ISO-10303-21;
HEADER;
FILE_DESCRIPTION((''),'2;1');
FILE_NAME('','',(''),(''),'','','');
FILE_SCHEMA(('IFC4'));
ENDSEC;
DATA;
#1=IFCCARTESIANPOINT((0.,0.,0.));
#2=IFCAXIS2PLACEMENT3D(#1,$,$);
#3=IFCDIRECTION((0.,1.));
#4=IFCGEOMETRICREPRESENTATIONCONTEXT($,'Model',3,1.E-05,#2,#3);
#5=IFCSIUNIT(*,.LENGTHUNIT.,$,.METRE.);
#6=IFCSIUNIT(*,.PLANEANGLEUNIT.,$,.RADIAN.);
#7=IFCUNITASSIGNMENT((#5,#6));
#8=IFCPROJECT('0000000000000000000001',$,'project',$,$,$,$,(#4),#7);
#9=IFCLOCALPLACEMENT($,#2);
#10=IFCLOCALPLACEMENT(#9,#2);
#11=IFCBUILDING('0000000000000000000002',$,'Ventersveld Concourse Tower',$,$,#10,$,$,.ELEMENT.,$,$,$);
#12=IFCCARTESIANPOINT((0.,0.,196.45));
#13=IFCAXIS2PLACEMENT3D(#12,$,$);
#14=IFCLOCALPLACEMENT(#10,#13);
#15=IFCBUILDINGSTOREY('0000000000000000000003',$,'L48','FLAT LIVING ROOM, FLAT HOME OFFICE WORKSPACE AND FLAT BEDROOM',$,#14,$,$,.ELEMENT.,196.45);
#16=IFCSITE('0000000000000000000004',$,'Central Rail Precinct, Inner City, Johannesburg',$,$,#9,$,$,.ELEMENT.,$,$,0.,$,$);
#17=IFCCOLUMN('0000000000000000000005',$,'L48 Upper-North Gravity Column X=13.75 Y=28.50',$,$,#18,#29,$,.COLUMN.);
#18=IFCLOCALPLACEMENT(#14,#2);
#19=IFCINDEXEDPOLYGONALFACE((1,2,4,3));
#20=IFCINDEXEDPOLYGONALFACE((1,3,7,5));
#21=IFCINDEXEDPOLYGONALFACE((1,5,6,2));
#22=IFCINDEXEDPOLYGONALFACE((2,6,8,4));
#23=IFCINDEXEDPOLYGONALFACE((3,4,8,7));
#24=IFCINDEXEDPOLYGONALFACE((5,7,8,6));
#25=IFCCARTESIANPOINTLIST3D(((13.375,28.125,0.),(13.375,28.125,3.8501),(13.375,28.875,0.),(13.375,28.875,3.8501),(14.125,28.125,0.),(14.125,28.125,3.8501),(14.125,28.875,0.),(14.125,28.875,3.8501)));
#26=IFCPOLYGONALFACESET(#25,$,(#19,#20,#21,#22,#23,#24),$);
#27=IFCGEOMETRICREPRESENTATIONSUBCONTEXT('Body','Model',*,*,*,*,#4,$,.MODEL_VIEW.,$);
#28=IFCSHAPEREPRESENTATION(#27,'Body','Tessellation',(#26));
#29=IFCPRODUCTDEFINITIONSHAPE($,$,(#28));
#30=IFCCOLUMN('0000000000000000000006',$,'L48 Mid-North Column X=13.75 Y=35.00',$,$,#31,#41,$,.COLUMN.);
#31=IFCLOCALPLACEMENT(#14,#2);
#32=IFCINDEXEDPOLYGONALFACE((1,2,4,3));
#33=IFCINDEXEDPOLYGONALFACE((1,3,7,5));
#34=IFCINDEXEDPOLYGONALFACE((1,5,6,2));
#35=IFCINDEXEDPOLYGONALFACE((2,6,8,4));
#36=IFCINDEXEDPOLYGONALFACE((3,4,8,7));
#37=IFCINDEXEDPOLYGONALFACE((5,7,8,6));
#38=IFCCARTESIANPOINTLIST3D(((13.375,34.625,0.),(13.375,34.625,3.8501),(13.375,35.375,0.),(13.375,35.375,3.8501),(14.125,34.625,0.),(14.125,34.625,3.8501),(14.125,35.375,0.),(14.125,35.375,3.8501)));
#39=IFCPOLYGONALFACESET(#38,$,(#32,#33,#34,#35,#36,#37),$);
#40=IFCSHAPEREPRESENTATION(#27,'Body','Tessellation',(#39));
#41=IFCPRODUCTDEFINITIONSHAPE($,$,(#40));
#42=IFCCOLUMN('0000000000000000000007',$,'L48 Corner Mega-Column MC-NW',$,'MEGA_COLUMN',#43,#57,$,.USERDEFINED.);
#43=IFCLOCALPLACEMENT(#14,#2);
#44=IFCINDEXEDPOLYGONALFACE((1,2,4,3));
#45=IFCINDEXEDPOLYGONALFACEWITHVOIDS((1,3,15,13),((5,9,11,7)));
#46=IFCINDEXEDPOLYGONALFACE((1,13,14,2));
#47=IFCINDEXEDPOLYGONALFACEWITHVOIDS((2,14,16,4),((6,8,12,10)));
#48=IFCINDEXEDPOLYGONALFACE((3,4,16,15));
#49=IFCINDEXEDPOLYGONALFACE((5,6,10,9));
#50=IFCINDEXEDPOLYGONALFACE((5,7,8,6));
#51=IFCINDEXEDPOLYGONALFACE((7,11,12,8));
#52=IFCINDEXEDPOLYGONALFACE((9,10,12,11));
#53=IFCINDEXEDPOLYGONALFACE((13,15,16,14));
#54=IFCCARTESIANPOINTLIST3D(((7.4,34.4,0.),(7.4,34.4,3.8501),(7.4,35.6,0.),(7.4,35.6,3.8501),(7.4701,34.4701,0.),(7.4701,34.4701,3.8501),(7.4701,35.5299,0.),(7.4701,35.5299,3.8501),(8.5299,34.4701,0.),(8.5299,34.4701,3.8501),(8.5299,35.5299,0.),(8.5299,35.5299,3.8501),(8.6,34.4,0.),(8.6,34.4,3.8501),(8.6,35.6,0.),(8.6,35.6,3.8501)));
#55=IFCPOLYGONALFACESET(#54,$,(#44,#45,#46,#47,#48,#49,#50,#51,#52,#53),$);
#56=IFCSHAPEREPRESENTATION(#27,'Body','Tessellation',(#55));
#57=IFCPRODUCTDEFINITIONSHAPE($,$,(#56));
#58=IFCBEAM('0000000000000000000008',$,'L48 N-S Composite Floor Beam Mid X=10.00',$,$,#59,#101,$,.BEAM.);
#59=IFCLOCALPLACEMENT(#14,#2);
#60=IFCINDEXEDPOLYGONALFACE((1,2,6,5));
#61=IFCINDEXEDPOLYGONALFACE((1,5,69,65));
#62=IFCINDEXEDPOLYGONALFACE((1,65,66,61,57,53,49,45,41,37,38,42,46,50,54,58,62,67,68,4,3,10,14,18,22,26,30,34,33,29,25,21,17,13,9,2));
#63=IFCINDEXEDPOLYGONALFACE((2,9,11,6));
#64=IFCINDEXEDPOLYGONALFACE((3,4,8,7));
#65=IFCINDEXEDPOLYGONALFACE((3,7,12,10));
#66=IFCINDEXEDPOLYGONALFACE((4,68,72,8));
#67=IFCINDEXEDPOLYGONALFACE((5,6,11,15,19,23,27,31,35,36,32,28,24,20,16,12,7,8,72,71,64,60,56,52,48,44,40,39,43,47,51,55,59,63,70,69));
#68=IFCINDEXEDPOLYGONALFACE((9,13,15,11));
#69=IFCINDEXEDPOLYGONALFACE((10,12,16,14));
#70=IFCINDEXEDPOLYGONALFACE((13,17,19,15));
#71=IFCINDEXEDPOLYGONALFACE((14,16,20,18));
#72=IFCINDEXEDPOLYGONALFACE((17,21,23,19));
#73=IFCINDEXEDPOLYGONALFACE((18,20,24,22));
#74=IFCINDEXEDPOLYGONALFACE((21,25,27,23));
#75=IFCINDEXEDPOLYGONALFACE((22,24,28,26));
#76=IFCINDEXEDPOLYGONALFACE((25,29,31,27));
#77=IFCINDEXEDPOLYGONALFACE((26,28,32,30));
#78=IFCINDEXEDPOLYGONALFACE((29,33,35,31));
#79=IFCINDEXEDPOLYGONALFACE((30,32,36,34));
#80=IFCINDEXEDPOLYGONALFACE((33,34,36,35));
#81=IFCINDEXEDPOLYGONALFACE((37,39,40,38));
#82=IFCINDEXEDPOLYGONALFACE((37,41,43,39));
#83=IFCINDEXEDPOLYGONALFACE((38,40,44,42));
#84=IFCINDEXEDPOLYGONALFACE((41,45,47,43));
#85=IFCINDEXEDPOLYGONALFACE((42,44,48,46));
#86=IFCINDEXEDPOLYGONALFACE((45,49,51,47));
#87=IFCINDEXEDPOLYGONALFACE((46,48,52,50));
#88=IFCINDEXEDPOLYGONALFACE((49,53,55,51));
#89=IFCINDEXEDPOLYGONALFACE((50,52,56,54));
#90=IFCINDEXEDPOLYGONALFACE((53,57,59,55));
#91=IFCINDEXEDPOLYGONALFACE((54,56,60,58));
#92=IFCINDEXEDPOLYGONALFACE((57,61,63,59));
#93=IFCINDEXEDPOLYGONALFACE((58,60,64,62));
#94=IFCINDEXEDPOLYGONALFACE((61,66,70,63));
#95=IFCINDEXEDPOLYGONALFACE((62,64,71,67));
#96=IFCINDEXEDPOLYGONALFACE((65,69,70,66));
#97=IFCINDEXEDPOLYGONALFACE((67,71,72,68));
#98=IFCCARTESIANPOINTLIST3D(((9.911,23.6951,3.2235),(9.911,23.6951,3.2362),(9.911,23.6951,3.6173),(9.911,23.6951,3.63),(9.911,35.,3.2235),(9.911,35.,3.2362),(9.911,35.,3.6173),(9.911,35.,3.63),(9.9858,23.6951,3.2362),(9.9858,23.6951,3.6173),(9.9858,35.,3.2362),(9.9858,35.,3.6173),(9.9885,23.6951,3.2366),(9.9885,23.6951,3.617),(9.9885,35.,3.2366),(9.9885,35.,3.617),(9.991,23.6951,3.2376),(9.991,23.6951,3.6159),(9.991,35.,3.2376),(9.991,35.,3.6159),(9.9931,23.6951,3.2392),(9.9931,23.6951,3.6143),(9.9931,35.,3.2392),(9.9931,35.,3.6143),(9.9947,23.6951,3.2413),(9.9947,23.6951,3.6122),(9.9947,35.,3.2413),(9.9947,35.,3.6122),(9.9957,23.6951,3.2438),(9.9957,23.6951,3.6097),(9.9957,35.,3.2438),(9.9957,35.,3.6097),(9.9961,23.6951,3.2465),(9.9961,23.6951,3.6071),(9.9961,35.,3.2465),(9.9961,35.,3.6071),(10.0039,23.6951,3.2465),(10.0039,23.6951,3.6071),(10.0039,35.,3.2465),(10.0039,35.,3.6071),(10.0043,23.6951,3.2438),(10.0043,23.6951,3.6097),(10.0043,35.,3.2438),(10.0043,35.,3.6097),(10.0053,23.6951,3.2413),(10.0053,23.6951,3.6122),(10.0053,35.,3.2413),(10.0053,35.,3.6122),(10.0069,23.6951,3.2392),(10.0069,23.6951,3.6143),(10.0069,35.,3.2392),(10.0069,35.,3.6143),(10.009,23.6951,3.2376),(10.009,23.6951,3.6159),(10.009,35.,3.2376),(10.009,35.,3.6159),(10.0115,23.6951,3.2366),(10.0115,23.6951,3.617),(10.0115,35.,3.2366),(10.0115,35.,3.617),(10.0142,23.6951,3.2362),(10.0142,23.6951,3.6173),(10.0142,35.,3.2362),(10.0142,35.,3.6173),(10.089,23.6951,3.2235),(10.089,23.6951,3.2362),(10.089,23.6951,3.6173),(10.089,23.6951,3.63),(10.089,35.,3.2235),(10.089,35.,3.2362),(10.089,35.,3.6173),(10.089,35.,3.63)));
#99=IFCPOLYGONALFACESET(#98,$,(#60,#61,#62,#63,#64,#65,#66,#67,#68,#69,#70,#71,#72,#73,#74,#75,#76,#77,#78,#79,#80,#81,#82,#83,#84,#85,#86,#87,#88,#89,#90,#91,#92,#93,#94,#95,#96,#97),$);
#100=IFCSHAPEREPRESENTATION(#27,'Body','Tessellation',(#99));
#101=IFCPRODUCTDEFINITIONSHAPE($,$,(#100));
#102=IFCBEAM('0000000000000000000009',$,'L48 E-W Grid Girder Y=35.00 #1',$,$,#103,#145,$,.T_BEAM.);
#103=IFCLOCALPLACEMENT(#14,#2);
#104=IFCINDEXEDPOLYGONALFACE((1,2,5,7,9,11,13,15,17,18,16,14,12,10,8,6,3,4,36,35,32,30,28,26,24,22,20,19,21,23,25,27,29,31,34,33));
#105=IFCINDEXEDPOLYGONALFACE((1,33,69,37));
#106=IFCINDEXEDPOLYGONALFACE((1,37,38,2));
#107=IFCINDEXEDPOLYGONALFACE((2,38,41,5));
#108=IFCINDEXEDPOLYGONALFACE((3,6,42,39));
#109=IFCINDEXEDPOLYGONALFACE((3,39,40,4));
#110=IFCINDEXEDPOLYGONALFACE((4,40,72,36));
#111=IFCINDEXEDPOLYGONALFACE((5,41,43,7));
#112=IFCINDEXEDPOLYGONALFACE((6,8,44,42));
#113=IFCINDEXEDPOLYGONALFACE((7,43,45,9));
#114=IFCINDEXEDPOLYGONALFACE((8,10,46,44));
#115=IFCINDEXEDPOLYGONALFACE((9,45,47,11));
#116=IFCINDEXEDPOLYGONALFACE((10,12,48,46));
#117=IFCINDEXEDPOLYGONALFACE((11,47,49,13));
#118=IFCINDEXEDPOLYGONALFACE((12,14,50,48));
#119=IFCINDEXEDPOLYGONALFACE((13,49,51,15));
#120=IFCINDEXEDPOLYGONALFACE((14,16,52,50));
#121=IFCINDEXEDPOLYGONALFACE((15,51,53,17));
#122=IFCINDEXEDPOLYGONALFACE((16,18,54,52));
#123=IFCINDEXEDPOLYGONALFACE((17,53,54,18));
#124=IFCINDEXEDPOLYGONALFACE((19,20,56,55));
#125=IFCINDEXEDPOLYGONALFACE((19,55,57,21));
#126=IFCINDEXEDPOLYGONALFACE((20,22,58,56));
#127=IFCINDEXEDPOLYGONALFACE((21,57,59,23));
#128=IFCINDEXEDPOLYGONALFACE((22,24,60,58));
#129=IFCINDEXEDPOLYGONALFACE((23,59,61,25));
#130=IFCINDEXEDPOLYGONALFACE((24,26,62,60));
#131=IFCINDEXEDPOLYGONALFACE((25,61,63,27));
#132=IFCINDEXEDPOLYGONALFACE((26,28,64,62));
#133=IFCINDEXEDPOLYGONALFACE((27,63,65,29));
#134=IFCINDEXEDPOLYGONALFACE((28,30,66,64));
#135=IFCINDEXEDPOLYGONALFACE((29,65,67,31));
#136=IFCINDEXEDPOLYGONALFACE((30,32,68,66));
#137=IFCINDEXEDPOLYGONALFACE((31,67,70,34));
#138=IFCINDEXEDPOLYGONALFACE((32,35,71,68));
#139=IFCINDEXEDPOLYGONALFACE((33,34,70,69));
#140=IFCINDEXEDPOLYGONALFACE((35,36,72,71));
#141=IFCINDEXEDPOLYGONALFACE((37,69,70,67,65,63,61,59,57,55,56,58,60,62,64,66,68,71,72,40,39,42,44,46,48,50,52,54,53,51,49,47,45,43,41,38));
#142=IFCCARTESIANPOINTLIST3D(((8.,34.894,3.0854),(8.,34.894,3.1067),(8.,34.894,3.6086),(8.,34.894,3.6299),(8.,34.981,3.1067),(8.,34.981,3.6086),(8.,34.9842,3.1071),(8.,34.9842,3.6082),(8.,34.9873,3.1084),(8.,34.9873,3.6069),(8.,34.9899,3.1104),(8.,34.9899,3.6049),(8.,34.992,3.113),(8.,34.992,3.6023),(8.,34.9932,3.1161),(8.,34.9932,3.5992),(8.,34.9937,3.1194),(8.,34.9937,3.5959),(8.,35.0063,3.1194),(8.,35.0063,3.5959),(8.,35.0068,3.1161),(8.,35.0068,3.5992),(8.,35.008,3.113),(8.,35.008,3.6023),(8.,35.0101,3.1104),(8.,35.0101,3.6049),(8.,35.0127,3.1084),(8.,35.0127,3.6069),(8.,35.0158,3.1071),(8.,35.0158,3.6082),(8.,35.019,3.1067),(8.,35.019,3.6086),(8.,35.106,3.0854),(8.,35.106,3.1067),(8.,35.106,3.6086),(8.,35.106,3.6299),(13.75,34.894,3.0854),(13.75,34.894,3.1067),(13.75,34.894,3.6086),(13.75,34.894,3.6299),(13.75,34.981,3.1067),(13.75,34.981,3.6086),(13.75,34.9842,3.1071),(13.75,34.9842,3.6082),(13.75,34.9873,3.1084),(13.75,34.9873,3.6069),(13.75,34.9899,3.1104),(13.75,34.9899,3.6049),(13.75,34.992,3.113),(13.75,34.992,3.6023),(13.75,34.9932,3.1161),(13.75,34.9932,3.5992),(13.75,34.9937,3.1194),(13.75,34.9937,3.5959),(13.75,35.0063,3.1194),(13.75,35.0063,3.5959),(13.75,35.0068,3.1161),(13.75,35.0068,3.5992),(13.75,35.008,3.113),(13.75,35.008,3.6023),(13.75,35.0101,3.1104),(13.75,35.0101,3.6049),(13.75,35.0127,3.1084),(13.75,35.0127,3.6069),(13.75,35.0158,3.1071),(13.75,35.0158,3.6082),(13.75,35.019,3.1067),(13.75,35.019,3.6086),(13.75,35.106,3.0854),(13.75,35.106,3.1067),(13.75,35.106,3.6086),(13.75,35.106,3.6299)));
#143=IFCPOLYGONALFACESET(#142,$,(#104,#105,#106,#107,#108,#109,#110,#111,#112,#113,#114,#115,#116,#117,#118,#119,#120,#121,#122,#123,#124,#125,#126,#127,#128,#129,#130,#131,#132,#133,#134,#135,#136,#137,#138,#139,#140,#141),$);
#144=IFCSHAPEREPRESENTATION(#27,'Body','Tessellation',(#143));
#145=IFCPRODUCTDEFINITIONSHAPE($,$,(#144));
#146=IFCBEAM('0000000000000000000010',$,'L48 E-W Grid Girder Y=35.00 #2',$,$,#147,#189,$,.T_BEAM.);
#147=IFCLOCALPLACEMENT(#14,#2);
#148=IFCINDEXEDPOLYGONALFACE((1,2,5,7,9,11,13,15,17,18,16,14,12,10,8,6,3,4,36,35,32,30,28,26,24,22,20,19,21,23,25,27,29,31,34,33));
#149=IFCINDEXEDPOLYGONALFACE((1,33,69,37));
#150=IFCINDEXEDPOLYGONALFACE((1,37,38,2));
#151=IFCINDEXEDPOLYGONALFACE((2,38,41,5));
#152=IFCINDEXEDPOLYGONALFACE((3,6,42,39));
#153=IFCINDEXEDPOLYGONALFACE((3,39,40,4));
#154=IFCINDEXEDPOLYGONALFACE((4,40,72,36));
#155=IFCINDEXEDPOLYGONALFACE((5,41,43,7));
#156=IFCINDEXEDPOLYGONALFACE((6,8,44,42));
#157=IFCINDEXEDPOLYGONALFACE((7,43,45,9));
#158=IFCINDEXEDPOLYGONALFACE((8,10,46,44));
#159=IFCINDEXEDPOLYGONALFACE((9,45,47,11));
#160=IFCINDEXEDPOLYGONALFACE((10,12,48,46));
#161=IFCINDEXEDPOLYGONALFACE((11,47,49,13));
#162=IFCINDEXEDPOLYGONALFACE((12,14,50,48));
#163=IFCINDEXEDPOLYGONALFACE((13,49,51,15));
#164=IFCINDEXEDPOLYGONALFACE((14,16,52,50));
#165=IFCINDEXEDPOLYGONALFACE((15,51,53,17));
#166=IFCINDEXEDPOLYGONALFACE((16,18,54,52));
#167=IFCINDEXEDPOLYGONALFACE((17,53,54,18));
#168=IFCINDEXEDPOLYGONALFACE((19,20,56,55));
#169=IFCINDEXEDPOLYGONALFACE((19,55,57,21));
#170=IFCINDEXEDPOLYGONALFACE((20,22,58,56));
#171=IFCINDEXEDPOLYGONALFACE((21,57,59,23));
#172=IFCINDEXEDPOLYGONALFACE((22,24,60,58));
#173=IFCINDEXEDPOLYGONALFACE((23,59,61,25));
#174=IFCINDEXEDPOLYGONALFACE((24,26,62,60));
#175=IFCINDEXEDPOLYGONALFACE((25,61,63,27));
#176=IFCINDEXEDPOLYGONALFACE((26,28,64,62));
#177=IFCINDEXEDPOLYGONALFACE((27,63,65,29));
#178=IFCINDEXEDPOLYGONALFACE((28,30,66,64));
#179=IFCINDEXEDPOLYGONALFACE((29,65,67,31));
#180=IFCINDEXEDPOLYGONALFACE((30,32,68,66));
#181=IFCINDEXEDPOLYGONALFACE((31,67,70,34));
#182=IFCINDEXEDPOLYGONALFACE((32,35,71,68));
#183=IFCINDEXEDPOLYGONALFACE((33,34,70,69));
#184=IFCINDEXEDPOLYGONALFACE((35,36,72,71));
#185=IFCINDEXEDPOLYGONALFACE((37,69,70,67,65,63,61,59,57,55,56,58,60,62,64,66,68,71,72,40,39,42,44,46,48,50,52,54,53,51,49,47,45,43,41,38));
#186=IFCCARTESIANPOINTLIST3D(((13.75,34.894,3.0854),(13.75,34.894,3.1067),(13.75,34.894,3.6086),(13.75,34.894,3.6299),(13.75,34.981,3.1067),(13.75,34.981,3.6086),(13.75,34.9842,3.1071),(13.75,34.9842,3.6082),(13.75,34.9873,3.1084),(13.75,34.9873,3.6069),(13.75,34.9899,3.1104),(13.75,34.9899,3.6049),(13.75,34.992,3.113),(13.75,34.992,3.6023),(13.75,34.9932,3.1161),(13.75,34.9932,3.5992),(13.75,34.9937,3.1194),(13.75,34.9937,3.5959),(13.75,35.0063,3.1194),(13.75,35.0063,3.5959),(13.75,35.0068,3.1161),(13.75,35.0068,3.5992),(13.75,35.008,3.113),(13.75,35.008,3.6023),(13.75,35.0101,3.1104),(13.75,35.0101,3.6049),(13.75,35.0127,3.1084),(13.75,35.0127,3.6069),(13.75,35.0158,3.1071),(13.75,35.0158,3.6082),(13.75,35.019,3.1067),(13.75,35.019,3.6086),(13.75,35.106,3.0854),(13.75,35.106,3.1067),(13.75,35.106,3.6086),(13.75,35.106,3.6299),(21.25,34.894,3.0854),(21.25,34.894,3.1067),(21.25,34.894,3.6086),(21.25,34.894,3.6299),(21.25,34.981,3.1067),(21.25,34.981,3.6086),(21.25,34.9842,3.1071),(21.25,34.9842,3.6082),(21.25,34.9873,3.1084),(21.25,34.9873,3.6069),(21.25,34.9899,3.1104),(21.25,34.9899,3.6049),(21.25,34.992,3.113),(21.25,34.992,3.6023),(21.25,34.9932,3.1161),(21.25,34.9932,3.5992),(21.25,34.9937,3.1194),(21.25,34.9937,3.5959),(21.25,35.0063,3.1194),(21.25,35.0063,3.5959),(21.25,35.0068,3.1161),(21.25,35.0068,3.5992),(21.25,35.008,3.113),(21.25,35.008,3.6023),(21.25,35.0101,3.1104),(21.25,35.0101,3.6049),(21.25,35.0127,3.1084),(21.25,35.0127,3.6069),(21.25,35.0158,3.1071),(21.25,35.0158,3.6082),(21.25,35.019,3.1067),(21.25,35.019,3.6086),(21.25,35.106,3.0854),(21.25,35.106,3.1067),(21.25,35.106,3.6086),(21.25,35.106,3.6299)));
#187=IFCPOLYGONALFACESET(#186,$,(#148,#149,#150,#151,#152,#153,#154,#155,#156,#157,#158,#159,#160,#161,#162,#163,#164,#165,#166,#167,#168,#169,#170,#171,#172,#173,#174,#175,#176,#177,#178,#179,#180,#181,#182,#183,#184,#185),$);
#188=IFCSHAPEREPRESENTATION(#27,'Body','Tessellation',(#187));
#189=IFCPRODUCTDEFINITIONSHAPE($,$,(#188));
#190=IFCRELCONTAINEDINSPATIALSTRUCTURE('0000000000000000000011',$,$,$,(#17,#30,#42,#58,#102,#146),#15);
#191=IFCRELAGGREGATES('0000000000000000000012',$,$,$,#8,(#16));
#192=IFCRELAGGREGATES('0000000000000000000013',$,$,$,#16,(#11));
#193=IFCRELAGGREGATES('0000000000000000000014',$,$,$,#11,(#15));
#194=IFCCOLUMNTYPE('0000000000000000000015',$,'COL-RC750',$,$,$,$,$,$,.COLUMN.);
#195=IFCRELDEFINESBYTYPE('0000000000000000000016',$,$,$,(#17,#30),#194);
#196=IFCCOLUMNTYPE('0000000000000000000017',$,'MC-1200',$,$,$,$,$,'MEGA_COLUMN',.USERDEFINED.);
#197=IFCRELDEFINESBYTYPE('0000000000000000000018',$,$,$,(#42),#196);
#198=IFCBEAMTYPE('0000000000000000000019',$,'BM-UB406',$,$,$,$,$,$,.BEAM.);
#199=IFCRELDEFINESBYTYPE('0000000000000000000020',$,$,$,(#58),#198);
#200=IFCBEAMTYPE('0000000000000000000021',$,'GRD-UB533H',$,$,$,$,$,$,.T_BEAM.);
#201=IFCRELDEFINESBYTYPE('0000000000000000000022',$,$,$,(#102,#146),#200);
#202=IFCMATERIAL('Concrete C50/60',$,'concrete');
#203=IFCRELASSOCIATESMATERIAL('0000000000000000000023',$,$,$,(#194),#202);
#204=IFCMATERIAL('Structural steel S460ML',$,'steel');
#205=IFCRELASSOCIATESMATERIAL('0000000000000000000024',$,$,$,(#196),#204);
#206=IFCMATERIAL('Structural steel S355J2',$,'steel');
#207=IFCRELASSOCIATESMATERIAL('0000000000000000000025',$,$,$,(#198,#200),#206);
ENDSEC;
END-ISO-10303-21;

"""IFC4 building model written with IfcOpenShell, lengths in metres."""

from ifc_helpers import new_model, si_unit, direction, frame, origin, origin_2d, place, context, subcontext, project, spatial, rectangle, hollow_rectangle, i_section, extrude, material, material_profile, profile_set, type_object, element, save


model = new_model("IFC4")

# Units and contexts
model_context = context("Model", 3, precision=1e-05, world=origin(), true_north=direction((0.0, 1.0)))
body_context = subcontext(model_context, "Body", "Model", "MODEL_VIEW")
ifc_project = project(units=[si_unit("LENGTHUNIT", "METRE"), si_unit("PLANEANGLEUNIT", "RADIAN")], contexts=[model_context])

# Site, building, storey
site_placement = place(None, origin())
site = spatial("IfcSite", under=ifc_project, at=site_placement, Name="Central Rail Precinct, Inner City, Johannesburg", CompositionType="ELEMENT", RefElevation=0.0)
building_placement = place(site_placement, origin())
building = spatial("IfcBuilding", under=site, at=building_placement, Name="Ventersveld Concourse Tower", CompositionType="ELEMENT")
storey_placement = place(building_placement, frame((0.0, 0.0, 196.45)))
storey = spatial("IfcBuildingStorey", under=building, at=storey_placement, Name="L48", Description="FLAT LIVING ROOM, FLAT HOME OFFICE WORKSPACE AND FLAT BEDROOM", CompositionType="ELEMENT", Elevation=196.45)

# Columns
ifc_material_1 = material(Name="Concrete C50/60", Category="concrete")
ifc_material_profile_1 = material_profile(ifc_material_1, rectangle(XDim=0.75, YDim=0.75, at=origin_2d()), Name="RC 750x750")
ifc_profile_set_1 = profile_set([ifc_material_profile_1], Name="Concrete C50/60")
column_type_1 = type_object("IfcColumnType", Name="COL-RC750", PredefinedType="COLUMN", material=ifc_profile_set_1)
for number, where, z_axis, x_axis, name in (
    (1, (13.75, 28.5, 0.0), (0.0, 0.0, 1.0), (1.0, 0.0, 0.0), "L48 Upper-North Gravity Column X=13.75 Y=28.50"),
    (2, (13.75, 35.0, 0.0), (0.0, 0.0, 1.0), (1.0, 0.0, 0.0), "L48 Mid-North Column X=13.75 Y=35.00"),
):
    element("IfcColumn", number, at=place(storey_placement, frame(where, z_axis=z_axis, x_axis=x_axis)), inside=storey, type_object=column_type_1, Name=name, PredefinedType="COLUMN", context=body_context, shape_type="SweptSolid", body=[
        extrude(rectangle(XDim=0.75, YDim=0.75, at=origin_2d()), origin(), (0.0, 0.0, 1.0), 3.8501),
    ])
ifc_material_2 = material(Name="Structural steel S460ML", Category="steel")
ifc_material_profile_2 = material_profile(ifc_material_2, hollow_rectangle(XDim=1.2, YDim=1.2, WallThickness=0.0701, at=origin_2d()), Name="BOX 1200x1200x70")
ifc_profile_set_2 = profile_set([ifc_material_profile_2], Name="Structural steel S460ML")
column_type_2 = type_object("IfcColumnType", Name="MC-1200", ElementType="MEGA_COLUMN", PredefinedType="USERDEFINED", material=ifc_profile_set_2)
column_placement = place(storey_placement, frame((8.0, 35.0, 0.0), z_axis=(0.0, 0.0, 1.0), x_axis=(1.0, 0.0, 0.0)))
element("IfcColumn", 3, at=column_placement, inside=storey, type_object=column_type_2, Name="L48 Corner Mega-Column MC-NW", ObjectType="MEGA_COLUMN", PredefinedType="USERDEFINED", context=body_context, shape_type="SweptSolid", body=[
    extrude(hollow_rectangle(XDim=1.2, YDim=1.2, WallThickness=0.0701, at=origin_2d()), origin(), (0.0, 0.0, 1.0), 3.8501),
])

# Beams
ifc_material_3 = material(Name="Structural steel S355J2", Category="steel")
ifc_material_profile_3 = material_profile(ifc_material_3, i_section(OverallWidth=0.178, OverallDepth=0.4065, WebThickness=0.0078, FlangeThickness=0.0127, FilletRadius=0.0103, at=origin_2d()), Name="UB 406x178x60")
ifc_profile_set_3 = profile_set([ifc_material_profile_3], Name="Structural steel S355J2")
beam_type_1 = type_object("IfcBeamType", Name="BM-UB406", PredefinedType="BEAM", material=ifc_profile_set_3)
beam_1_placement = place(storey_placement, frame((10.0, 23.6951, 3.4268), z_axis=(0.0, 1.0, 0.0), x_axis=(-1.0, 0.0, 0.0)))
element("IfcBeam", 4, at=beam_1_placement, inside=storey, type_object=beam_type_1, Name="L48 N-S Composite Floor Beam Mid X=10.00", PredefinedType="BEAM", context=body_context, shape_type="SweptSolid", body=[
    extrude(i_section(OverallWidth=0.178, OverallDepth=0.4065, WebThickness=0.0078, FlangeThickness=0.0127, FilletRadius=0.0103, at=origin_2d()), origin(), (0.0, 0.0, 1.0), 11.3049),
])
ifc_material_profile_4 = material_profile(ifc_material_3, i_section(OverallWidth=0.2119, OverallDepth=0.5444, WebThickness=0.0127, FlangeThickness=0.0212, FilletRadius=0.0127, at=origin_2d()), Name="UB 533x210x122")
ifc_profile_set_4 = profile_set([ifc_material_profile_4], Name="Structural steel S355J2")
beam_type_2 = type_object("IfcBeamType", Name="GRD-UB533H", PredefinedType="T_BEAM", material=ifc_profile_set_4)
beam_2_placement = place(storey_placement, frame((8.0, 35.0, 3.3577), z_axis=(1.0, 0.0, 0.0), x_axis=(0.0, 1.0, 0.0)))
element("IfcBeam", 5, at=beam_2_placement, inside=storey, type_object=beam_type_2, Name="L48 E-W Grid Girder Y=35.00 #1", PredefinedType="T_BEAM", context=body_context, shape_type="SweptSolid", body=[
    extrude(i_section(OverallWidth=0.2119, OverallDepth=0.5444, WebThickness=0.0127, FlangeThickness=0.0212, FilletRadius=0.0127, at=origin_2d()), origin(), (0.0, 0.0, 1.0), 5.75),
])
beam_3_placement = place(storey_placement, frame((13.75, 35.0, 3.3577), z_axis=(1.0, 0.0, 0.0), x_axis=(0.0, 1.0, 0.0)))
element("IfcBeam", 6, at=beam_3_placement, inside=storey, type_object=beam_type_2, Name="L48 E-W Grid Girder Y=35.00 #2", PredefinedType="T_BEAM", context=body_context, shape_type="SweptSolid", body=[
    extrude(i_section(OverallWidth=0.2119, OverallDepth=0.5444, WebThickness=0.0127, FlangeThickness=0.0212, FilletRadius=0.0127, at=origin_2d()), origin(), (0.0, 0.0, 1.0), 7.5),
])

save(model, "model.ifc")
